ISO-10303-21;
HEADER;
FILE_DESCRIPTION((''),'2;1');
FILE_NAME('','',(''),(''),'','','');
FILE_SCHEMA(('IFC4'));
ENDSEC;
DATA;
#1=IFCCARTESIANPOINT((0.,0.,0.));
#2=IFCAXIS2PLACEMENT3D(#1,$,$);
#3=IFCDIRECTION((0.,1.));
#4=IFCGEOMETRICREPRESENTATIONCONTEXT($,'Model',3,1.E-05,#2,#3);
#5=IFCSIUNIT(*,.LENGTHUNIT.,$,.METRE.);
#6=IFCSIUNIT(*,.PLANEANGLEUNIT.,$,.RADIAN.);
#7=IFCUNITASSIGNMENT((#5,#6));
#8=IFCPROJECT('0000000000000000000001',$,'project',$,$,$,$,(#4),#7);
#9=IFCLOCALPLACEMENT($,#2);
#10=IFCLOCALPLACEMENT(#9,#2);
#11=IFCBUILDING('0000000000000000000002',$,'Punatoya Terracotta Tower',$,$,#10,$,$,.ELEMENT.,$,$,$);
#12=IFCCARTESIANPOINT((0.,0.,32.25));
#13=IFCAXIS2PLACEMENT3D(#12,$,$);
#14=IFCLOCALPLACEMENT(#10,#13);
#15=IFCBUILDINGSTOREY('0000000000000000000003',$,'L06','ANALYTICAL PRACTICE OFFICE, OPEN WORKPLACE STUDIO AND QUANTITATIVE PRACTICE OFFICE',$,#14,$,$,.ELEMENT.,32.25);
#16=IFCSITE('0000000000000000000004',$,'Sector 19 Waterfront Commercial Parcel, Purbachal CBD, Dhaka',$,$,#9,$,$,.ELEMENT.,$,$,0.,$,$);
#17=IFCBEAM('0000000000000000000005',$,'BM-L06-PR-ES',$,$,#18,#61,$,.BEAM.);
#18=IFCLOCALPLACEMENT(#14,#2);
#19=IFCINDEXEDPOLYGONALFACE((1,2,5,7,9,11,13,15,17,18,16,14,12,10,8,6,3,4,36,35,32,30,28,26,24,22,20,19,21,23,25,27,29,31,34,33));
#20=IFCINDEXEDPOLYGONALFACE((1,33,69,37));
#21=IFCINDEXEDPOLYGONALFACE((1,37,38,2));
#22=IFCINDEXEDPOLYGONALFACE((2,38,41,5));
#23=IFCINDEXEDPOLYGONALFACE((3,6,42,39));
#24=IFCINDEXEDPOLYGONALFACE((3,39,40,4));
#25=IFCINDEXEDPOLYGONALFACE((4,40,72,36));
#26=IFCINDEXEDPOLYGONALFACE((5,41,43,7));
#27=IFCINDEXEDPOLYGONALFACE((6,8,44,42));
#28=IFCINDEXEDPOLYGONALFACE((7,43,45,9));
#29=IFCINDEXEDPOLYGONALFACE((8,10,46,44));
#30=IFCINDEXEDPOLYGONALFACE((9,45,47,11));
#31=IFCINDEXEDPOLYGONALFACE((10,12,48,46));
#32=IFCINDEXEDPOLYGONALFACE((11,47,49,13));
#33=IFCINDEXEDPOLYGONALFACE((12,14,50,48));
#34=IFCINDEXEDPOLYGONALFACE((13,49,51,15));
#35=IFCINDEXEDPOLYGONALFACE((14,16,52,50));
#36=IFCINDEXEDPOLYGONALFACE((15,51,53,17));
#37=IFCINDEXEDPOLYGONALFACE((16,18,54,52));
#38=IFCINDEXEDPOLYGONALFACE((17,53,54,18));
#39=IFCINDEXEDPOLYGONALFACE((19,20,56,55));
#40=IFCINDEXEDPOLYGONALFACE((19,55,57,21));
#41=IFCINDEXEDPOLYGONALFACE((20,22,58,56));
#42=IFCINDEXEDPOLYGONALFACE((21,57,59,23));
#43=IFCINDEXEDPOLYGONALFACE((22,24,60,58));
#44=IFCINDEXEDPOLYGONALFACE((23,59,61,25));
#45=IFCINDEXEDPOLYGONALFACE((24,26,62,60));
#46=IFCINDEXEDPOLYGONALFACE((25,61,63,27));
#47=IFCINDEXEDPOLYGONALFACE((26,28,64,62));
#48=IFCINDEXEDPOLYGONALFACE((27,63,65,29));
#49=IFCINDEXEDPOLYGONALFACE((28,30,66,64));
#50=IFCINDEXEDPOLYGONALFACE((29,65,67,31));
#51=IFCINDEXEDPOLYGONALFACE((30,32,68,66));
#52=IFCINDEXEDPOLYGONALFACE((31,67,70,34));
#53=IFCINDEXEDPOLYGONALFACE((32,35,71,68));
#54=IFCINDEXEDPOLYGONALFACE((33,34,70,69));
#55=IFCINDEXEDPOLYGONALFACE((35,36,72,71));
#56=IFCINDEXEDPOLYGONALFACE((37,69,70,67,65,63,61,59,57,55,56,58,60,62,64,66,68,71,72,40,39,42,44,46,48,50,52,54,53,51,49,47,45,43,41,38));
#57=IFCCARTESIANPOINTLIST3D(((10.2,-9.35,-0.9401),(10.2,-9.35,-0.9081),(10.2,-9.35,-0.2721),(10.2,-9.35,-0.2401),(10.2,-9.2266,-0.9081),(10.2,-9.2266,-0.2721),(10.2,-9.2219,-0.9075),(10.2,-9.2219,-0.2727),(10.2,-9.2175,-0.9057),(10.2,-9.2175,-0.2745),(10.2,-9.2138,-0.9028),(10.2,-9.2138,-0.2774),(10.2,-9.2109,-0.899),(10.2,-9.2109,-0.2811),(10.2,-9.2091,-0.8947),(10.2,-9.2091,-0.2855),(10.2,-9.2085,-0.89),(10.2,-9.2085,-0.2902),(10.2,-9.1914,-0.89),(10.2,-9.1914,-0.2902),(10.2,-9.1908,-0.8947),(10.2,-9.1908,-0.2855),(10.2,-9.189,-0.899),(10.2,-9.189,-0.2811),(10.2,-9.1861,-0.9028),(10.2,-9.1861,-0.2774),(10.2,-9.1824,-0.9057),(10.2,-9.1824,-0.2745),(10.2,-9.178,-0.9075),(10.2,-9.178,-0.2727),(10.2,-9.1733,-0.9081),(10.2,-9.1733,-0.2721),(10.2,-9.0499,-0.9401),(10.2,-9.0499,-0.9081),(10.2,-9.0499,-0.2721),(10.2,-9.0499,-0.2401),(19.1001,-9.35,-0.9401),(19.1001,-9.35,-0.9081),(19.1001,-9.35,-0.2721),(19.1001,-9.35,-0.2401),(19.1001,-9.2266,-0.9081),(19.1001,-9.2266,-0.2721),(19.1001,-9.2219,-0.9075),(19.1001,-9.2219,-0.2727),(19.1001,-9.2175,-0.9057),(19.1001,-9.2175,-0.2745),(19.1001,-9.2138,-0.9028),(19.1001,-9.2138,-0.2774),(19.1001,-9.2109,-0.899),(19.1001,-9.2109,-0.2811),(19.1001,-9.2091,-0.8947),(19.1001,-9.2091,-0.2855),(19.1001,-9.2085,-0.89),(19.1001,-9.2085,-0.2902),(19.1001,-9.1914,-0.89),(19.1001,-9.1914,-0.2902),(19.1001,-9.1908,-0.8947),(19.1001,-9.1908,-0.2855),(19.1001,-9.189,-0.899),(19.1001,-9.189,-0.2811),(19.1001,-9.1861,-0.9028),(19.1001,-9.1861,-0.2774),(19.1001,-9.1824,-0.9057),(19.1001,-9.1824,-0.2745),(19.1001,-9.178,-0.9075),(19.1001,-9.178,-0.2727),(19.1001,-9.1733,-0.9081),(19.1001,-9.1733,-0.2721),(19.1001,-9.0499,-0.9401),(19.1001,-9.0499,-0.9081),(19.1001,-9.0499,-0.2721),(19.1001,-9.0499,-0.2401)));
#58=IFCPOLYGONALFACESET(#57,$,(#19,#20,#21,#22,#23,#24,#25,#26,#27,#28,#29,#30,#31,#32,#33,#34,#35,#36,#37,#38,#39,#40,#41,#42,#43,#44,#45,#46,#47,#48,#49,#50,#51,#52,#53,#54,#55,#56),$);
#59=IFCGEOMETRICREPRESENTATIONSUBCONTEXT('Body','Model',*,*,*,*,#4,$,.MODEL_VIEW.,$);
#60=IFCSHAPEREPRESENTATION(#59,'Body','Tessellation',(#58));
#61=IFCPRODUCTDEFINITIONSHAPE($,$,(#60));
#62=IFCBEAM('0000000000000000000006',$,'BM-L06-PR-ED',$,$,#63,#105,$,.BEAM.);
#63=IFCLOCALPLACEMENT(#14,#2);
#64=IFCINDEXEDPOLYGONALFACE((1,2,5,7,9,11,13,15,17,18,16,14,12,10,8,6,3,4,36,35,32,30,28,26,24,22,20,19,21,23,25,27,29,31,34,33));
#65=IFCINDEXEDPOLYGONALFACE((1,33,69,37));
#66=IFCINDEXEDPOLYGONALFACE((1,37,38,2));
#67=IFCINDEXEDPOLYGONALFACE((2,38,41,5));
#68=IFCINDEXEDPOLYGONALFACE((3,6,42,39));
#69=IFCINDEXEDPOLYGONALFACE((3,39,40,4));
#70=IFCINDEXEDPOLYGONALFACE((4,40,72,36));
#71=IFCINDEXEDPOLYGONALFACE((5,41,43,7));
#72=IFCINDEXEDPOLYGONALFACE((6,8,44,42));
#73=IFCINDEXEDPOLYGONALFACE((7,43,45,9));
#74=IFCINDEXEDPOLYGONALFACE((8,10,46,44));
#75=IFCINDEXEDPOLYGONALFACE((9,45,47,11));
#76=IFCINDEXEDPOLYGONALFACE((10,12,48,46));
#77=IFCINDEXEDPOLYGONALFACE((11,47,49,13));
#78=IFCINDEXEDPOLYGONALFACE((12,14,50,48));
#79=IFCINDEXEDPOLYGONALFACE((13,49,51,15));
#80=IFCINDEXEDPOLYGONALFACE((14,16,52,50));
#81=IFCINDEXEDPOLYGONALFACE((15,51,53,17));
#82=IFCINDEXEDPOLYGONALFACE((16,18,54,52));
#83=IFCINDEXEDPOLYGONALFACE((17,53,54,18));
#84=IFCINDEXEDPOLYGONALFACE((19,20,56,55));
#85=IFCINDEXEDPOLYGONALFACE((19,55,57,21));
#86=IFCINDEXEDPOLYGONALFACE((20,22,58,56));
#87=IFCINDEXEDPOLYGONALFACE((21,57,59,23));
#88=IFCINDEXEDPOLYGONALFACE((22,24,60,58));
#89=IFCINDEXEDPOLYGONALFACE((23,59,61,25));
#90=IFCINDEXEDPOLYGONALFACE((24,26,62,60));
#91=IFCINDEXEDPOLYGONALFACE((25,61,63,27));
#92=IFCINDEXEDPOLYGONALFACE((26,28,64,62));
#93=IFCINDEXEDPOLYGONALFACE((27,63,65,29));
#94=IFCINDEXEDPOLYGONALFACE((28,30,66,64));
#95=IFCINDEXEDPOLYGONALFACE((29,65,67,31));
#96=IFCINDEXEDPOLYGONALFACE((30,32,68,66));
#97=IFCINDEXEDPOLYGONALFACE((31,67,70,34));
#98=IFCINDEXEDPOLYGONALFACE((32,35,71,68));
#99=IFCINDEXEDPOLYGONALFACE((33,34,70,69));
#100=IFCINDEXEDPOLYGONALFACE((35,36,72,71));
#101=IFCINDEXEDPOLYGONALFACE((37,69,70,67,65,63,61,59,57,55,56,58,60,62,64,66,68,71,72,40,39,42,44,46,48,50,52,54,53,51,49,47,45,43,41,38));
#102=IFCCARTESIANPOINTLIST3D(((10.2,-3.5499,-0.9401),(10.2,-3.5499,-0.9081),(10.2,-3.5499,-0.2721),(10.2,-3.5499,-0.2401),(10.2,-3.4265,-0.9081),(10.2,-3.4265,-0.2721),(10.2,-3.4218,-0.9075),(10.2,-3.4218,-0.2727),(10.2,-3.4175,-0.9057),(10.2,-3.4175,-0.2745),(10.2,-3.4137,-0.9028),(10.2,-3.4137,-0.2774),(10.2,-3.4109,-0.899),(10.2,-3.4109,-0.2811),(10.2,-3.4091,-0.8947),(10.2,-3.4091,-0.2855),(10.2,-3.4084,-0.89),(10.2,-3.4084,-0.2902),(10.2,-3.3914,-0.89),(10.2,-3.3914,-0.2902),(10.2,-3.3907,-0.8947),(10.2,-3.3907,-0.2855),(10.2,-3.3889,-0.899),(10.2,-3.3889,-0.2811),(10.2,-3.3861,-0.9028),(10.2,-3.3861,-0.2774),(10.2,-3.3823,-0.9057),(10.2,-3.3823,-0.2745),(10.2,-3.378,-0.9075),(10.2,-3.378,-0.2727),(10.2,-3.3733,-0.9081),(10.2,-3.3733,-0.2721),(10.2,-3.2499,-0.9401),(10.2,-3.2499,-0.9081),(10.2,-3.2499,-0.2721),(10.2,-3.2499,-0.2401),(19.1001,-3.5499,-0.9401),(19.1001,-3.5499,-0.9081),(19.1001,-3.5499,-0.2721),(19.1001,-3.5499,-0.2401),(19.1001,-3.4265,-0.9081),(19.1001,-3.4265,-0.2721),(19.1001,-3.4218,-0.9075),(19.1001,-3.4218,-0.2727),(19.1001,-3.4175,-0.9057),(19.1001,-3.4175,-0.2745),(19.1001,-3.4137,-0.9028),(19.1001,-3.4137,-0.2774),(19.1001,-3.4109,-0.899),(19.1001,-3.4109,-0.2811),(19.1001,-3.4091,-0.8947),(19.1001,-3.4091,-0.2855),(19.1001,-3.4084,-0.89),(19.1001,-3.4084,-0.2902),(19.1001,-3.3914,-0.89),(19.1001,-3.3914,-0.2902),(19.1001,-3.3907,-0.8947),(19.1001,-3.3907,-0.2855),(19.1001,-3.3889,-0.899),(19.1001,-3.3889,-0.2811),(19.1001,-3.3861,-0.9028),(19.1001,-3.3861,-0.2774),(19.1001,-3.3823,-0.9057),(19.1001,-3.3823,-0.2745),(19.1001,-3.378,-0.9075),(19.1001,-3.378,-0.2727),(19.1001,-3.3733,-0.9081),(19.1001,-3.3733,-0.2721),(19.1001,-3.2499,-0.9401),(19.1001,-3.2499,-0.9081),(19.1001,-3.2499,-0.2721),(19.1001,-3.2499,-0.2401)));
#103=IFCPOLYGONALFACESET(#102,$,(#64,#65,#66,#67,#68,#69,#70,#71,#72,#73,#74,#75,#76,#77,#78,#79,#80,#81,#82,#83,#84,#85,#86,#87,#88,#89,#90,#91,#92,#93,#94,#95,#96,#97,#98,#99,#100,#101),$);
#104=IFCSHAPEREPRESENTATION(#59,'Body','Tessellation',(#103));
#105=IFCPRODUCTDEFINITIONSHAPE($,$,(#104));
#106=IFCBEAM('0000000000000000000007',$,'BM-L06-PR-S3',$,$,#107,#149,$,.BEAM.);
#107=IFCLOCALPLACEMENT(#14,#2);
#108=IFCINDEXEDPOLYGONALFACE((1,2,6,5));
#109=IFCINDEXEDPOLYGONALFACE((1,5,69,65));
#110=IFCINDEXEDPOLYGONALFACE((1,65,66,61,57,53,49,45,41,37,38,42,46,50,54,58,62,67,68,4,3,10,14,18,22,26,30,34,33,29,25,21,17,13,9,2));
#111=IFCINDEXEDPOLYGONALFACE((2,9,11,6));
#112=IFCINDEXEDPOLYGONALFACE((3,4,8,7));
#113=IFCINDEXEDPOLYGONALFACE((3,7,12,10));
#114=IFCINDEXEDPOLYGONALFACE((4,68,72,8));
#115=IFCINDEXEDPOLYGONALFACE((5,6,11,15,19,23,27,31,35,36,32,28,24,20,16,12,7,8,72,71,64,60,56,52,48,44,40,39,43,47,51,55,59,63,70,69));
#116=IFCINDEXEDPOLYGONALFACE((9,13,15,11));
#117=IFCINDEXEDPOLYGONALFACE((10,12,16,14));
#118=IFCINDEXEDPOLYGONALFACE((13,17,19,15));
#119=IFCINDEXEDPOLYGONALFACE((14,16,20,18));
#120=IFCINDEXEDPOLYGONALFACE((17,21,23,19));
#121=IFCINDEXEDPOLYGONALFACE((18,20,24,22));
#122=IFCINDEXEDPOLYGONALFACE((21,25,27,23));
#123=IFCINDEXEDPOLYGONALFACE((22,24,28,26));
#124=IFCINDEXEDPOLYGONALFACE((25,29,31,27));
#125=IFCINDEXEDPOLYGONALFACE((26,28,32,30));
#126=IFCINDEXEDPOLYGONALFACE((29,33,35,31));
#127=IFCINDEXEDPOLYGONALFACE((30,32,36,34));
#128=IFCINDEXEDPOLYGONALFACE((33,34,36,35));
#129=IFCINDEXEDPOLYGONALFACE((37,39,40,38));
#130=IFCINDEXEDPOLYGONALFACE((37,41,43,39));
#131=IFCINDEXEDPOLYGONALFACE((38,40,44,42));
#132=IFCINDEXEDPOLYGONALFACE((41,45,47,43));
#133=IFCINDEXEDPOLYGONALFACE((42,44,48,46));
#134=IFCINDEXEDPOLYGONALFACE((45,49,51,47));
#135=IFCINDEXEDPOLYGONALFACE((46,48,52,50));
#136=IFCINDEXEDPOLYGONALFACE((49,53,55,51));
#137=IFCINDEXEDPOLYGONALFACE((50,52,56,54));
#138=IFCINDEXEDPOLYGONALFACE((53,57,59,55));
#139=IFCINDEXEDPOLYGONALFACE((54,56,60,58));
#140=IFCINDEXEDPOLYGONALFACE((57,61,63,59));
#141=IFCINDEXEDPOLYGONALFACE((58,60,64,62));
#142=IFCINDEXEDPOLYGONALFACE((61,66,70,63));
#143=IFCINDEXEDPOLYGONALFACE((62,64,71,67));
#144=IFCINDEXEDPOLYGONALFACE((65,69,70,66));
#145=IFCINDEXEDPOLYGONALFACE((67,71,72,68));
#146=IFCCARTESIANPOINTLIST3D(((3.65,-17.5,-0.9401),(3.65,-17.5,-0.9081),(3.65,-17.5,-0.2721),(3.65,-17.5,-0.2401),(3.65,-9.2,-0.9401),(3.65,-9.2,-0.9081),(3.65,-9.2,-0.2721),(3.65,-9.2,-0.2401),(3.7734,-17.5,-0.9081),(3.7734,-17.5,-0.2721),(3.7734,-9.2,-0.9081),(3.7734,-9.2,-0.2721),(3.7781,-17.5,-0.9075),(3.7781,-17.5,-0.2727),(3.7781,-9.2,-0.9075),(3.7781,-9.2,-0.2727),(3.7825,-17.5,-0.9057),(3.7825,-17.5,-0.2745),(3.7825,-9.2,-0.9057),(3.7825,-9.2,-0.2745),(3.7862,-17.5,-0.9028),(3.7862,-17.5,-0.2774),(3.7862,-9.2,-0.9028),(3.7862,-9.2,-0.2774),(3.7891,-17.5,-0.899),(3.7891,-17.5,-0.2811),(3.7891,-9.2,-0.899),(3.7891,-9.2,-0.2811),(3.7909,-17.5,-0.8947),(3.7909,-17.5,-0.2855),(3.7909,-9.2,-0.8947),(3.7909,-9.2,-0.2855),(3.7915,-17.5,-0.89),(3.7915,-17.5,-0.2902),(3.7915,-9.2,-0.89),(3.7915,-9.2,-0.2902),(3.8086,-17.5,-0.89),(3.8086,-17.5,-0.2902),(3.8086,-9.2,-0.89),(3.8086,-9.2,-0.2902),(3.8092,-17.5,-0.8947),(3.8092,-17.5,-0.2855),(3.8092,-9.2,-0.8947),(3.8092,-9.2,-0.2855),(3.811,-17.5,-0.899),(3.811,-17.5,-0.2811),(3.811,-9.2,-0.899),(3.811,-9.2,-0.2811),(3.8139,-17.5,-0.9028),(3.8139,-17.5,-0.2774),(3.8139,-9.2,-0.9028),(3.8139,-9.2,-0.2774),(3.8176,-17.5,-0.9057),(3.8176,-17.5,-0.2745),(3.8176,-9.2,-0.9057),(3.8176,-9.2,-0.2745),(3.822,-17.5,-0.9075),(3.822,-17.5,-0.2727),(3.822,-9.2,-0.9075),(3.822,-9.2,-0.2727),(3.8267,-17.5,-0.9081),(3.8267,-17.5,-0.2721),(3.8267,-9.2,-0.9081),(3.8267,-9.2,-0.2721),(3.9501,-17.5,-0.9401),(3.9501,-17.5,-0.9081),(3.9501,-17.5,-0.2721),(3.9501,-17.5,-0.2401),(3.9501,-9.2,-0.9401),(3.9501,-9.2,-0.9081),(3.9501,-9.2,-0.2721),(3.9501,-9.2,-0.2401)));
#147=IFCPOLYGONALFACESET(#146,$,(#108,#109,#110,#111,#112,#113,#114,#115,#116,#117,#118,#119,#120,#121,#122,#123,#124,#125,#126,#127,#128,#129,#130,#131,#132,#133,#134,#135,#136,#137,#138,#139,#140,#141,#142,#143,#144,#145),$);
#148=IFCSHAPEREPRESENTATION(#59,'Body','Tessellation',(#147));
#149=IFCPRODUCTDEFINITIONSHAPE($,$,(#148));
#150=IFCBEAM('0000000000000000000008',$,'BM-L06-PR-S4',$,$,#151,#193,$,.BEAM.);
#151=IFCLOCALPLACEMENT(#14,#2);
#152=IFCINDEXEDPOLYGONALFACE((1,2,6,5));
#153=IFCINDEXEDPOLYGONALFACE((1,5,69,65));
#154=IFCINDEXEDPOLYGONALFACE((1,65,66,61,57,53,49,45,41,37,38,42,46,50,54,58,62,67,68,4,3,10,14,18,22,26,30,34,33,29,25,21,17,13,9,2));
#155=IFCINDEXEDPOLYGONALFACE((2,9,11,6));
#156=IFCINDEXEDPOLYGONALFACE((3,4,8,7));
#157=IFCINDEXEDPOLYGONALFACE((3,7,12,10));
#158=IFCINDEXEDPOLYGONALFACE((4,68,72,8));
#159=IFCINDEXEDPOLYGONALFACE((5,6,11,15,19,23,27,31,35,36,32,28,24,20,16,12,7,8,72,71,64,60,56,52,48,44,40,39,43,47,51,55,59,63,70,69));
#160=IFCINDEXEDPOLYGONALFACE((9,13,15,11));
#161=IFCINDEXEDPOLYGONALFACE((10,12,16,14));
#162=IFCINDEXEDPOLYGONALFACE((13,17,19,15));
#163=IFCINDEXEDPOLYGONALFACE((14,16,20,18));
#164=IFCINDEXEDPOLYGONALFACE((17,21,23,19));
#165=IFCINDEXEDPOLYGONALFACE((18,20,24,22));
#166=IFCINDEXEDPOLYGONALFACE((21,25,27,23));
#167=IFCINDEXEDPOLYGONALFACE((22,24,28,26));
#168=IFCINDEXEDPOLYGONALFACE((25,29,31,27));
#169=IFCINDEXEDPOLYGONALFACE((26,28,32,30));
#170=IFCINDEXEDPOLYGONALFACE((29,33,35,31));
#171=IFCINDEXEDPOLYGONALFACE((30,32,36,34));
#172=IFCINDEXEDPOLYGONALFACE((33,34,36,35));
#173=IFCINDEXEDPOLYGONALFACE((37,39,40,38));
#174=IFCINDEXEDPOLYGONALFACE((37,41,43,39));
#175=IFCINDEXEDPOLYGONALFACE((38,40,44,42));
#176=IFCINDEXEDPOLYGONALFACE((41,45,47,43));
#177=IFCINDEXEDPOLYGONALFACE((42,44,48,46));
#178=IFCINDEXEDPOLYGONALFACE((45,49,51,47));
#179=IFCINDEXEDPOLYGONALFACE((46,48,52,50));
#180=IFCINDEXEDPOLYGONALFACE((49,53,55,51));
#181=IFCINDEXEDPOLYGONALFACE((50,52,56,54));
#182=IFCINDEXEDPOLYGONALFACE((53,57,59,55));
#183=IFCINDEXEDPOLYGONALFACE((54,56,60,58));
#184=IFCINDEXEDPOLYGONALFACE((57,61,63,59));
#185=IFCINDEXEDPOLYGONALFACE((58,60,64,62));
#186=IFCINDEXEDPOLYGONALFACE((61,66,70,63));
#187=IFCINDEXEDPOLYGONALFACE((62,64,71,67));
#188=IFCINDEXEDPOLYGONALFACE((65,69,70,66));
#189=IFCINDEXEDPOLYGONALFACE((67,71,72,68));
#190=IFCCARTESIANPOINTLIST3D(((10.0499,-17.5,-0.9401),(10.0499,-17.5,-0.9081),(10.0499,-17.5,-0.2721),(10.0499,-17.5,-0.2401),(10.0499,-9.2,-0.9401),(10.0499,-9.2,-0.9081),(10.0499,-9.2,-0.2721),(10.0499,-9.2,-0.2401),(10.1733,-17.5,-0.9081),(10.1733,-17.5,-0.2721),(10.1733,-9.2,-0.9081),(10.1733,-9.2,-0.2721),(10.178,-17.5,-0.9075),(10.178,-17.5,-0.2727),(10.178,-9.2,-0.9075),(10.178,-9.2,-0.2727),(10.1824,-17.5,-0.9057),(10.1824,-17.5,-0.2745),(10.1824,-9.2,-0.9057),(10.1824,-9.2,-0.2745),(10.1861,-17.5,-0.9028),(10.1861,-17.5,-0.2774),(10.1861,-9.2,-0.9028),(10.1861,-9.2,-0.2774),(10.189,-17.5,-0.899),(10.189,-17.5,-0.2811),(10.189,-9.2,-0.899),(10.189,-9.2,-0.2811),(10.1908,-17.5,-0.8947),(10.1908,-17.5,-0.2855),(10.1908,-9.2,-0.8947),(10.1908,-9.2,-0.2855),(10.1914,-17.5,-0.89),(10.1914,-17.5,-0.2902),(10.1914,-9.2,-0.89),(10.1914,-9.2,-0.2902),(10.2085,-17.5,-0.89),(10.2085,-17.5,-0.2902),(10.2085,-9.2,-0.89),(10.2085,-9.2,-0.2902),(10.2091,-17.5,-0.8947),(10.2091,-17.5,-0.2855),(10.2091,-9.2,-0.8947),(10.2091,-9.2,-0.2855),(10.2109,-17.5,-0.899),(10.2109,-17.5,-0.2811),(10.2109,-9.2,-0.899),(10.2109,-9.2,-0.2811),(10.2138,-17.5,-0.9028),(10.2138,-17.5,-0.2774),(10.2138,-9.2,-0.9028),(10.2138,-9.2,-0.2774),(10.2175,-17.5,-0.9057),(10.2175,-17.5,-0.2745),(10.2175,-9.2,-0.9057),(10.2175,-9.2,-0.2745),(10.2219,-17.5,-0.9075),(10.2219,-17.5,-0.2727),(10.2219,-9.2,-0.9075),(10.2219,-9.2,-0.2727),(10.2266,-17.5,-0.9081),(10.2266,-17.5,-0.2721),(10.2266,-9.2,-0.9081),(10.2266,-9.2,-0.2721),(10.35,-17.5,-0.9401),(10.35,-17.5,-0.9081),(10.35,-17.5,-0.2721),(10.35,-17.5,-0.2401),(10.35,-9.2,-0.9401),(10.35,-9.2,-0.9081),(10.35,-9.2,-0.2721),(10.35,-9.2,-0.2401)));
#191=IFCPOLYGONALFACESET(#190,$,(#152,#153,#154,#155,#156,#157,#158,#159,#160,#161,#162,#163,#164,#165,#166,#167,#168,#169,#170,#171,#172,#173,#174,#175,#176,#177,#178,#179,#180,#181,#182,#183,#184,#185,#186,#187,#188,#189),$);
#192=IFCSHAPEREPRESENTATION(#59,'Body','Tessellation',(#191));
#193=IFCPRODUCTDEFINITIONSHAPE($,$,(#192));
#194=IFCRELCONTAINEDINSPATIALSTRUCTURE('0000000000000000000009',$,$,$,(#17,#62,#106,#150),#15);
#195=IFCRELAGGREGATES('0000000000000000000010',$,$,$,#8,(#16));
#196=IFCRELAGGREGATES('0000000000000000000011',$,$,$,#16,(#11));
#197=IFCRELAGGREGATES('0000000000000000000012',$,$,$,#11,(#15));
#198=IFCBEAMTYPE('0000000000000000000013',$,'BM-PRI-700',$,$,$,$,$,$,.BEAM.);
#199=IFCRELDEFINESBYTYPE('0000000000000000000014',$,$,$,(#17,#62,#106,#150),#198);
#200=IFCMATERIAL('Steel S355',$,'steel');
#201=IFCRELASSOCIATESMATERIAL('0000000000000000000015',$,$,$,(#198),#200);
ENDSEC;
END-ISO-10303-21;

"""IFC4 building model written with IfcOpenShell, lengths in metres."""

from ifc_helpers import new_model, si_unit, direction, frame, origin, origin_2d, place, context, subcontext, project, spatial, i_section, extrude, material, material_profile, profile_set, type_object, element, save


model = new_model("IFC4")

# Units and contexts
model_context = context("Model", 3, precision=1e-05, world=origin(), true_north=direction((0.0, 1.0)))
body_context = subcontext(model_context, "Body", "Model", "MODEL_VIEW")
ifc_project = project(units=[si_unit("LENGTHUNIT", "METRE"), si_unit("PLANEANGLEUNIT", "RADIAN")], contexts=[model_context])

# Site, building, storey
site_placement = place(None, origin())
site = spatial("IfcSite", under=ifc_project, at=site_placement, Name="Sector 19 Waterfront Commercial Parcel, Purbachal CBD, Dhaka", CompositionType="ELEMENT", RefElevation=0.0)
building_placement = place(site_placement, origin())
building = spatial("IfcBuilding", under=site, at=building_placement, Name="Punatoya Terracotta Tower", CompositionType="ELEMENT")
storey_placement = place(building_placement, frame((0.0, 0.0, 32.25)))
storey = spatial("IfcBuildingStorey", under=building, at=storey_placement, Name="L06", Description="ANALYTICAL PRACTICE OFFICE, OPEN WORKPLACE STUDIO AND QUANTITATIVE PRACTICE OFFICE", CompositionType="ELEMENT", Elevation=32.25)

# Beams
ifc_material_1 = material(Name="Steel S355", Category="steel")
ifc_material_profile_1 = material_profile(ifc_material_1, i_section(OverallWidth=0.3, OverallDepth=0.7, WebThickness=0.0171, FlangeThickness=0.032, FilletRadius=0.0181, at=origin_2d()))
ifc_profile_set_1 = profile_set([ifc_material_profile_1], Name="Steel S355")
beam_type_1 = type_object("IfcBeamType", Name="BM-PRI-700", PredefinedType="BEAM", material=ifc_profile_set_1)
for number, where, z_axis, x_axis, name in (
    (1, (10.2, -9.2, -0.5901), (1.0, 0.0, 0.0), (0.0, 1.0, 0.0), "BM-L06-PR-ES"),
    (2, (10.2, -3.3999, -0.5901), (1.0, 0.0, 0.0), (0.0, 1.0, 0.0), "BM-L06-PR-ED"),
):
    element("IfcBeam", number, at=place(storey_placement, frame(where, z_axis=z_axis, x_axis=x_axis)), inside=storey, type_object=beam_type_1, Name=name, PredefinedType="BEAM", context=body_context, shape_type="SweptSolid", body=[
        extrude(i_section(OverallWidth=0.3, OverallDepth=0.7, WebThickness=0.0171, FlangeThickness=0.032, FilletRadius=0.0181, at=origin_2d()), origin(), (0.0, 0.0, 1.0), 8.9001),
    ])
for number, where, z_axis, x_axis, name in (
    (3, (3.8, -17.5, -0.5901), (0.0, 1.0, 0.0), (-1.0, 0.0, 0.0), "BM-L06-PR-S3"),
    (4, (10.2, -17.5, -0.5901), (0.0, 1.0, 0.0), (-1.0, 0.0, 0.0), "BM-L06-PR-S4"),
):
    element("IfcBeam", number, at=place(storey_placement, frame(where, z_axis=z_axis, x_axis=x_axis)), inside=storey, type_object=beam_type_1, Name=name, PredefinedType="BEAM", context=body_context, shape_type="SweptSolid", body=[
        extrude(i_section(OverallWidth=0.3, OverallDepth=0.7, WebThickness=0.0171, FlangeThickness=0.032, FilletRadius=0.0181, at=origin_2d()), origin(), (0.0, 0.0, 1.0), 8.3),
    ])

save(model, "model.ifc")
